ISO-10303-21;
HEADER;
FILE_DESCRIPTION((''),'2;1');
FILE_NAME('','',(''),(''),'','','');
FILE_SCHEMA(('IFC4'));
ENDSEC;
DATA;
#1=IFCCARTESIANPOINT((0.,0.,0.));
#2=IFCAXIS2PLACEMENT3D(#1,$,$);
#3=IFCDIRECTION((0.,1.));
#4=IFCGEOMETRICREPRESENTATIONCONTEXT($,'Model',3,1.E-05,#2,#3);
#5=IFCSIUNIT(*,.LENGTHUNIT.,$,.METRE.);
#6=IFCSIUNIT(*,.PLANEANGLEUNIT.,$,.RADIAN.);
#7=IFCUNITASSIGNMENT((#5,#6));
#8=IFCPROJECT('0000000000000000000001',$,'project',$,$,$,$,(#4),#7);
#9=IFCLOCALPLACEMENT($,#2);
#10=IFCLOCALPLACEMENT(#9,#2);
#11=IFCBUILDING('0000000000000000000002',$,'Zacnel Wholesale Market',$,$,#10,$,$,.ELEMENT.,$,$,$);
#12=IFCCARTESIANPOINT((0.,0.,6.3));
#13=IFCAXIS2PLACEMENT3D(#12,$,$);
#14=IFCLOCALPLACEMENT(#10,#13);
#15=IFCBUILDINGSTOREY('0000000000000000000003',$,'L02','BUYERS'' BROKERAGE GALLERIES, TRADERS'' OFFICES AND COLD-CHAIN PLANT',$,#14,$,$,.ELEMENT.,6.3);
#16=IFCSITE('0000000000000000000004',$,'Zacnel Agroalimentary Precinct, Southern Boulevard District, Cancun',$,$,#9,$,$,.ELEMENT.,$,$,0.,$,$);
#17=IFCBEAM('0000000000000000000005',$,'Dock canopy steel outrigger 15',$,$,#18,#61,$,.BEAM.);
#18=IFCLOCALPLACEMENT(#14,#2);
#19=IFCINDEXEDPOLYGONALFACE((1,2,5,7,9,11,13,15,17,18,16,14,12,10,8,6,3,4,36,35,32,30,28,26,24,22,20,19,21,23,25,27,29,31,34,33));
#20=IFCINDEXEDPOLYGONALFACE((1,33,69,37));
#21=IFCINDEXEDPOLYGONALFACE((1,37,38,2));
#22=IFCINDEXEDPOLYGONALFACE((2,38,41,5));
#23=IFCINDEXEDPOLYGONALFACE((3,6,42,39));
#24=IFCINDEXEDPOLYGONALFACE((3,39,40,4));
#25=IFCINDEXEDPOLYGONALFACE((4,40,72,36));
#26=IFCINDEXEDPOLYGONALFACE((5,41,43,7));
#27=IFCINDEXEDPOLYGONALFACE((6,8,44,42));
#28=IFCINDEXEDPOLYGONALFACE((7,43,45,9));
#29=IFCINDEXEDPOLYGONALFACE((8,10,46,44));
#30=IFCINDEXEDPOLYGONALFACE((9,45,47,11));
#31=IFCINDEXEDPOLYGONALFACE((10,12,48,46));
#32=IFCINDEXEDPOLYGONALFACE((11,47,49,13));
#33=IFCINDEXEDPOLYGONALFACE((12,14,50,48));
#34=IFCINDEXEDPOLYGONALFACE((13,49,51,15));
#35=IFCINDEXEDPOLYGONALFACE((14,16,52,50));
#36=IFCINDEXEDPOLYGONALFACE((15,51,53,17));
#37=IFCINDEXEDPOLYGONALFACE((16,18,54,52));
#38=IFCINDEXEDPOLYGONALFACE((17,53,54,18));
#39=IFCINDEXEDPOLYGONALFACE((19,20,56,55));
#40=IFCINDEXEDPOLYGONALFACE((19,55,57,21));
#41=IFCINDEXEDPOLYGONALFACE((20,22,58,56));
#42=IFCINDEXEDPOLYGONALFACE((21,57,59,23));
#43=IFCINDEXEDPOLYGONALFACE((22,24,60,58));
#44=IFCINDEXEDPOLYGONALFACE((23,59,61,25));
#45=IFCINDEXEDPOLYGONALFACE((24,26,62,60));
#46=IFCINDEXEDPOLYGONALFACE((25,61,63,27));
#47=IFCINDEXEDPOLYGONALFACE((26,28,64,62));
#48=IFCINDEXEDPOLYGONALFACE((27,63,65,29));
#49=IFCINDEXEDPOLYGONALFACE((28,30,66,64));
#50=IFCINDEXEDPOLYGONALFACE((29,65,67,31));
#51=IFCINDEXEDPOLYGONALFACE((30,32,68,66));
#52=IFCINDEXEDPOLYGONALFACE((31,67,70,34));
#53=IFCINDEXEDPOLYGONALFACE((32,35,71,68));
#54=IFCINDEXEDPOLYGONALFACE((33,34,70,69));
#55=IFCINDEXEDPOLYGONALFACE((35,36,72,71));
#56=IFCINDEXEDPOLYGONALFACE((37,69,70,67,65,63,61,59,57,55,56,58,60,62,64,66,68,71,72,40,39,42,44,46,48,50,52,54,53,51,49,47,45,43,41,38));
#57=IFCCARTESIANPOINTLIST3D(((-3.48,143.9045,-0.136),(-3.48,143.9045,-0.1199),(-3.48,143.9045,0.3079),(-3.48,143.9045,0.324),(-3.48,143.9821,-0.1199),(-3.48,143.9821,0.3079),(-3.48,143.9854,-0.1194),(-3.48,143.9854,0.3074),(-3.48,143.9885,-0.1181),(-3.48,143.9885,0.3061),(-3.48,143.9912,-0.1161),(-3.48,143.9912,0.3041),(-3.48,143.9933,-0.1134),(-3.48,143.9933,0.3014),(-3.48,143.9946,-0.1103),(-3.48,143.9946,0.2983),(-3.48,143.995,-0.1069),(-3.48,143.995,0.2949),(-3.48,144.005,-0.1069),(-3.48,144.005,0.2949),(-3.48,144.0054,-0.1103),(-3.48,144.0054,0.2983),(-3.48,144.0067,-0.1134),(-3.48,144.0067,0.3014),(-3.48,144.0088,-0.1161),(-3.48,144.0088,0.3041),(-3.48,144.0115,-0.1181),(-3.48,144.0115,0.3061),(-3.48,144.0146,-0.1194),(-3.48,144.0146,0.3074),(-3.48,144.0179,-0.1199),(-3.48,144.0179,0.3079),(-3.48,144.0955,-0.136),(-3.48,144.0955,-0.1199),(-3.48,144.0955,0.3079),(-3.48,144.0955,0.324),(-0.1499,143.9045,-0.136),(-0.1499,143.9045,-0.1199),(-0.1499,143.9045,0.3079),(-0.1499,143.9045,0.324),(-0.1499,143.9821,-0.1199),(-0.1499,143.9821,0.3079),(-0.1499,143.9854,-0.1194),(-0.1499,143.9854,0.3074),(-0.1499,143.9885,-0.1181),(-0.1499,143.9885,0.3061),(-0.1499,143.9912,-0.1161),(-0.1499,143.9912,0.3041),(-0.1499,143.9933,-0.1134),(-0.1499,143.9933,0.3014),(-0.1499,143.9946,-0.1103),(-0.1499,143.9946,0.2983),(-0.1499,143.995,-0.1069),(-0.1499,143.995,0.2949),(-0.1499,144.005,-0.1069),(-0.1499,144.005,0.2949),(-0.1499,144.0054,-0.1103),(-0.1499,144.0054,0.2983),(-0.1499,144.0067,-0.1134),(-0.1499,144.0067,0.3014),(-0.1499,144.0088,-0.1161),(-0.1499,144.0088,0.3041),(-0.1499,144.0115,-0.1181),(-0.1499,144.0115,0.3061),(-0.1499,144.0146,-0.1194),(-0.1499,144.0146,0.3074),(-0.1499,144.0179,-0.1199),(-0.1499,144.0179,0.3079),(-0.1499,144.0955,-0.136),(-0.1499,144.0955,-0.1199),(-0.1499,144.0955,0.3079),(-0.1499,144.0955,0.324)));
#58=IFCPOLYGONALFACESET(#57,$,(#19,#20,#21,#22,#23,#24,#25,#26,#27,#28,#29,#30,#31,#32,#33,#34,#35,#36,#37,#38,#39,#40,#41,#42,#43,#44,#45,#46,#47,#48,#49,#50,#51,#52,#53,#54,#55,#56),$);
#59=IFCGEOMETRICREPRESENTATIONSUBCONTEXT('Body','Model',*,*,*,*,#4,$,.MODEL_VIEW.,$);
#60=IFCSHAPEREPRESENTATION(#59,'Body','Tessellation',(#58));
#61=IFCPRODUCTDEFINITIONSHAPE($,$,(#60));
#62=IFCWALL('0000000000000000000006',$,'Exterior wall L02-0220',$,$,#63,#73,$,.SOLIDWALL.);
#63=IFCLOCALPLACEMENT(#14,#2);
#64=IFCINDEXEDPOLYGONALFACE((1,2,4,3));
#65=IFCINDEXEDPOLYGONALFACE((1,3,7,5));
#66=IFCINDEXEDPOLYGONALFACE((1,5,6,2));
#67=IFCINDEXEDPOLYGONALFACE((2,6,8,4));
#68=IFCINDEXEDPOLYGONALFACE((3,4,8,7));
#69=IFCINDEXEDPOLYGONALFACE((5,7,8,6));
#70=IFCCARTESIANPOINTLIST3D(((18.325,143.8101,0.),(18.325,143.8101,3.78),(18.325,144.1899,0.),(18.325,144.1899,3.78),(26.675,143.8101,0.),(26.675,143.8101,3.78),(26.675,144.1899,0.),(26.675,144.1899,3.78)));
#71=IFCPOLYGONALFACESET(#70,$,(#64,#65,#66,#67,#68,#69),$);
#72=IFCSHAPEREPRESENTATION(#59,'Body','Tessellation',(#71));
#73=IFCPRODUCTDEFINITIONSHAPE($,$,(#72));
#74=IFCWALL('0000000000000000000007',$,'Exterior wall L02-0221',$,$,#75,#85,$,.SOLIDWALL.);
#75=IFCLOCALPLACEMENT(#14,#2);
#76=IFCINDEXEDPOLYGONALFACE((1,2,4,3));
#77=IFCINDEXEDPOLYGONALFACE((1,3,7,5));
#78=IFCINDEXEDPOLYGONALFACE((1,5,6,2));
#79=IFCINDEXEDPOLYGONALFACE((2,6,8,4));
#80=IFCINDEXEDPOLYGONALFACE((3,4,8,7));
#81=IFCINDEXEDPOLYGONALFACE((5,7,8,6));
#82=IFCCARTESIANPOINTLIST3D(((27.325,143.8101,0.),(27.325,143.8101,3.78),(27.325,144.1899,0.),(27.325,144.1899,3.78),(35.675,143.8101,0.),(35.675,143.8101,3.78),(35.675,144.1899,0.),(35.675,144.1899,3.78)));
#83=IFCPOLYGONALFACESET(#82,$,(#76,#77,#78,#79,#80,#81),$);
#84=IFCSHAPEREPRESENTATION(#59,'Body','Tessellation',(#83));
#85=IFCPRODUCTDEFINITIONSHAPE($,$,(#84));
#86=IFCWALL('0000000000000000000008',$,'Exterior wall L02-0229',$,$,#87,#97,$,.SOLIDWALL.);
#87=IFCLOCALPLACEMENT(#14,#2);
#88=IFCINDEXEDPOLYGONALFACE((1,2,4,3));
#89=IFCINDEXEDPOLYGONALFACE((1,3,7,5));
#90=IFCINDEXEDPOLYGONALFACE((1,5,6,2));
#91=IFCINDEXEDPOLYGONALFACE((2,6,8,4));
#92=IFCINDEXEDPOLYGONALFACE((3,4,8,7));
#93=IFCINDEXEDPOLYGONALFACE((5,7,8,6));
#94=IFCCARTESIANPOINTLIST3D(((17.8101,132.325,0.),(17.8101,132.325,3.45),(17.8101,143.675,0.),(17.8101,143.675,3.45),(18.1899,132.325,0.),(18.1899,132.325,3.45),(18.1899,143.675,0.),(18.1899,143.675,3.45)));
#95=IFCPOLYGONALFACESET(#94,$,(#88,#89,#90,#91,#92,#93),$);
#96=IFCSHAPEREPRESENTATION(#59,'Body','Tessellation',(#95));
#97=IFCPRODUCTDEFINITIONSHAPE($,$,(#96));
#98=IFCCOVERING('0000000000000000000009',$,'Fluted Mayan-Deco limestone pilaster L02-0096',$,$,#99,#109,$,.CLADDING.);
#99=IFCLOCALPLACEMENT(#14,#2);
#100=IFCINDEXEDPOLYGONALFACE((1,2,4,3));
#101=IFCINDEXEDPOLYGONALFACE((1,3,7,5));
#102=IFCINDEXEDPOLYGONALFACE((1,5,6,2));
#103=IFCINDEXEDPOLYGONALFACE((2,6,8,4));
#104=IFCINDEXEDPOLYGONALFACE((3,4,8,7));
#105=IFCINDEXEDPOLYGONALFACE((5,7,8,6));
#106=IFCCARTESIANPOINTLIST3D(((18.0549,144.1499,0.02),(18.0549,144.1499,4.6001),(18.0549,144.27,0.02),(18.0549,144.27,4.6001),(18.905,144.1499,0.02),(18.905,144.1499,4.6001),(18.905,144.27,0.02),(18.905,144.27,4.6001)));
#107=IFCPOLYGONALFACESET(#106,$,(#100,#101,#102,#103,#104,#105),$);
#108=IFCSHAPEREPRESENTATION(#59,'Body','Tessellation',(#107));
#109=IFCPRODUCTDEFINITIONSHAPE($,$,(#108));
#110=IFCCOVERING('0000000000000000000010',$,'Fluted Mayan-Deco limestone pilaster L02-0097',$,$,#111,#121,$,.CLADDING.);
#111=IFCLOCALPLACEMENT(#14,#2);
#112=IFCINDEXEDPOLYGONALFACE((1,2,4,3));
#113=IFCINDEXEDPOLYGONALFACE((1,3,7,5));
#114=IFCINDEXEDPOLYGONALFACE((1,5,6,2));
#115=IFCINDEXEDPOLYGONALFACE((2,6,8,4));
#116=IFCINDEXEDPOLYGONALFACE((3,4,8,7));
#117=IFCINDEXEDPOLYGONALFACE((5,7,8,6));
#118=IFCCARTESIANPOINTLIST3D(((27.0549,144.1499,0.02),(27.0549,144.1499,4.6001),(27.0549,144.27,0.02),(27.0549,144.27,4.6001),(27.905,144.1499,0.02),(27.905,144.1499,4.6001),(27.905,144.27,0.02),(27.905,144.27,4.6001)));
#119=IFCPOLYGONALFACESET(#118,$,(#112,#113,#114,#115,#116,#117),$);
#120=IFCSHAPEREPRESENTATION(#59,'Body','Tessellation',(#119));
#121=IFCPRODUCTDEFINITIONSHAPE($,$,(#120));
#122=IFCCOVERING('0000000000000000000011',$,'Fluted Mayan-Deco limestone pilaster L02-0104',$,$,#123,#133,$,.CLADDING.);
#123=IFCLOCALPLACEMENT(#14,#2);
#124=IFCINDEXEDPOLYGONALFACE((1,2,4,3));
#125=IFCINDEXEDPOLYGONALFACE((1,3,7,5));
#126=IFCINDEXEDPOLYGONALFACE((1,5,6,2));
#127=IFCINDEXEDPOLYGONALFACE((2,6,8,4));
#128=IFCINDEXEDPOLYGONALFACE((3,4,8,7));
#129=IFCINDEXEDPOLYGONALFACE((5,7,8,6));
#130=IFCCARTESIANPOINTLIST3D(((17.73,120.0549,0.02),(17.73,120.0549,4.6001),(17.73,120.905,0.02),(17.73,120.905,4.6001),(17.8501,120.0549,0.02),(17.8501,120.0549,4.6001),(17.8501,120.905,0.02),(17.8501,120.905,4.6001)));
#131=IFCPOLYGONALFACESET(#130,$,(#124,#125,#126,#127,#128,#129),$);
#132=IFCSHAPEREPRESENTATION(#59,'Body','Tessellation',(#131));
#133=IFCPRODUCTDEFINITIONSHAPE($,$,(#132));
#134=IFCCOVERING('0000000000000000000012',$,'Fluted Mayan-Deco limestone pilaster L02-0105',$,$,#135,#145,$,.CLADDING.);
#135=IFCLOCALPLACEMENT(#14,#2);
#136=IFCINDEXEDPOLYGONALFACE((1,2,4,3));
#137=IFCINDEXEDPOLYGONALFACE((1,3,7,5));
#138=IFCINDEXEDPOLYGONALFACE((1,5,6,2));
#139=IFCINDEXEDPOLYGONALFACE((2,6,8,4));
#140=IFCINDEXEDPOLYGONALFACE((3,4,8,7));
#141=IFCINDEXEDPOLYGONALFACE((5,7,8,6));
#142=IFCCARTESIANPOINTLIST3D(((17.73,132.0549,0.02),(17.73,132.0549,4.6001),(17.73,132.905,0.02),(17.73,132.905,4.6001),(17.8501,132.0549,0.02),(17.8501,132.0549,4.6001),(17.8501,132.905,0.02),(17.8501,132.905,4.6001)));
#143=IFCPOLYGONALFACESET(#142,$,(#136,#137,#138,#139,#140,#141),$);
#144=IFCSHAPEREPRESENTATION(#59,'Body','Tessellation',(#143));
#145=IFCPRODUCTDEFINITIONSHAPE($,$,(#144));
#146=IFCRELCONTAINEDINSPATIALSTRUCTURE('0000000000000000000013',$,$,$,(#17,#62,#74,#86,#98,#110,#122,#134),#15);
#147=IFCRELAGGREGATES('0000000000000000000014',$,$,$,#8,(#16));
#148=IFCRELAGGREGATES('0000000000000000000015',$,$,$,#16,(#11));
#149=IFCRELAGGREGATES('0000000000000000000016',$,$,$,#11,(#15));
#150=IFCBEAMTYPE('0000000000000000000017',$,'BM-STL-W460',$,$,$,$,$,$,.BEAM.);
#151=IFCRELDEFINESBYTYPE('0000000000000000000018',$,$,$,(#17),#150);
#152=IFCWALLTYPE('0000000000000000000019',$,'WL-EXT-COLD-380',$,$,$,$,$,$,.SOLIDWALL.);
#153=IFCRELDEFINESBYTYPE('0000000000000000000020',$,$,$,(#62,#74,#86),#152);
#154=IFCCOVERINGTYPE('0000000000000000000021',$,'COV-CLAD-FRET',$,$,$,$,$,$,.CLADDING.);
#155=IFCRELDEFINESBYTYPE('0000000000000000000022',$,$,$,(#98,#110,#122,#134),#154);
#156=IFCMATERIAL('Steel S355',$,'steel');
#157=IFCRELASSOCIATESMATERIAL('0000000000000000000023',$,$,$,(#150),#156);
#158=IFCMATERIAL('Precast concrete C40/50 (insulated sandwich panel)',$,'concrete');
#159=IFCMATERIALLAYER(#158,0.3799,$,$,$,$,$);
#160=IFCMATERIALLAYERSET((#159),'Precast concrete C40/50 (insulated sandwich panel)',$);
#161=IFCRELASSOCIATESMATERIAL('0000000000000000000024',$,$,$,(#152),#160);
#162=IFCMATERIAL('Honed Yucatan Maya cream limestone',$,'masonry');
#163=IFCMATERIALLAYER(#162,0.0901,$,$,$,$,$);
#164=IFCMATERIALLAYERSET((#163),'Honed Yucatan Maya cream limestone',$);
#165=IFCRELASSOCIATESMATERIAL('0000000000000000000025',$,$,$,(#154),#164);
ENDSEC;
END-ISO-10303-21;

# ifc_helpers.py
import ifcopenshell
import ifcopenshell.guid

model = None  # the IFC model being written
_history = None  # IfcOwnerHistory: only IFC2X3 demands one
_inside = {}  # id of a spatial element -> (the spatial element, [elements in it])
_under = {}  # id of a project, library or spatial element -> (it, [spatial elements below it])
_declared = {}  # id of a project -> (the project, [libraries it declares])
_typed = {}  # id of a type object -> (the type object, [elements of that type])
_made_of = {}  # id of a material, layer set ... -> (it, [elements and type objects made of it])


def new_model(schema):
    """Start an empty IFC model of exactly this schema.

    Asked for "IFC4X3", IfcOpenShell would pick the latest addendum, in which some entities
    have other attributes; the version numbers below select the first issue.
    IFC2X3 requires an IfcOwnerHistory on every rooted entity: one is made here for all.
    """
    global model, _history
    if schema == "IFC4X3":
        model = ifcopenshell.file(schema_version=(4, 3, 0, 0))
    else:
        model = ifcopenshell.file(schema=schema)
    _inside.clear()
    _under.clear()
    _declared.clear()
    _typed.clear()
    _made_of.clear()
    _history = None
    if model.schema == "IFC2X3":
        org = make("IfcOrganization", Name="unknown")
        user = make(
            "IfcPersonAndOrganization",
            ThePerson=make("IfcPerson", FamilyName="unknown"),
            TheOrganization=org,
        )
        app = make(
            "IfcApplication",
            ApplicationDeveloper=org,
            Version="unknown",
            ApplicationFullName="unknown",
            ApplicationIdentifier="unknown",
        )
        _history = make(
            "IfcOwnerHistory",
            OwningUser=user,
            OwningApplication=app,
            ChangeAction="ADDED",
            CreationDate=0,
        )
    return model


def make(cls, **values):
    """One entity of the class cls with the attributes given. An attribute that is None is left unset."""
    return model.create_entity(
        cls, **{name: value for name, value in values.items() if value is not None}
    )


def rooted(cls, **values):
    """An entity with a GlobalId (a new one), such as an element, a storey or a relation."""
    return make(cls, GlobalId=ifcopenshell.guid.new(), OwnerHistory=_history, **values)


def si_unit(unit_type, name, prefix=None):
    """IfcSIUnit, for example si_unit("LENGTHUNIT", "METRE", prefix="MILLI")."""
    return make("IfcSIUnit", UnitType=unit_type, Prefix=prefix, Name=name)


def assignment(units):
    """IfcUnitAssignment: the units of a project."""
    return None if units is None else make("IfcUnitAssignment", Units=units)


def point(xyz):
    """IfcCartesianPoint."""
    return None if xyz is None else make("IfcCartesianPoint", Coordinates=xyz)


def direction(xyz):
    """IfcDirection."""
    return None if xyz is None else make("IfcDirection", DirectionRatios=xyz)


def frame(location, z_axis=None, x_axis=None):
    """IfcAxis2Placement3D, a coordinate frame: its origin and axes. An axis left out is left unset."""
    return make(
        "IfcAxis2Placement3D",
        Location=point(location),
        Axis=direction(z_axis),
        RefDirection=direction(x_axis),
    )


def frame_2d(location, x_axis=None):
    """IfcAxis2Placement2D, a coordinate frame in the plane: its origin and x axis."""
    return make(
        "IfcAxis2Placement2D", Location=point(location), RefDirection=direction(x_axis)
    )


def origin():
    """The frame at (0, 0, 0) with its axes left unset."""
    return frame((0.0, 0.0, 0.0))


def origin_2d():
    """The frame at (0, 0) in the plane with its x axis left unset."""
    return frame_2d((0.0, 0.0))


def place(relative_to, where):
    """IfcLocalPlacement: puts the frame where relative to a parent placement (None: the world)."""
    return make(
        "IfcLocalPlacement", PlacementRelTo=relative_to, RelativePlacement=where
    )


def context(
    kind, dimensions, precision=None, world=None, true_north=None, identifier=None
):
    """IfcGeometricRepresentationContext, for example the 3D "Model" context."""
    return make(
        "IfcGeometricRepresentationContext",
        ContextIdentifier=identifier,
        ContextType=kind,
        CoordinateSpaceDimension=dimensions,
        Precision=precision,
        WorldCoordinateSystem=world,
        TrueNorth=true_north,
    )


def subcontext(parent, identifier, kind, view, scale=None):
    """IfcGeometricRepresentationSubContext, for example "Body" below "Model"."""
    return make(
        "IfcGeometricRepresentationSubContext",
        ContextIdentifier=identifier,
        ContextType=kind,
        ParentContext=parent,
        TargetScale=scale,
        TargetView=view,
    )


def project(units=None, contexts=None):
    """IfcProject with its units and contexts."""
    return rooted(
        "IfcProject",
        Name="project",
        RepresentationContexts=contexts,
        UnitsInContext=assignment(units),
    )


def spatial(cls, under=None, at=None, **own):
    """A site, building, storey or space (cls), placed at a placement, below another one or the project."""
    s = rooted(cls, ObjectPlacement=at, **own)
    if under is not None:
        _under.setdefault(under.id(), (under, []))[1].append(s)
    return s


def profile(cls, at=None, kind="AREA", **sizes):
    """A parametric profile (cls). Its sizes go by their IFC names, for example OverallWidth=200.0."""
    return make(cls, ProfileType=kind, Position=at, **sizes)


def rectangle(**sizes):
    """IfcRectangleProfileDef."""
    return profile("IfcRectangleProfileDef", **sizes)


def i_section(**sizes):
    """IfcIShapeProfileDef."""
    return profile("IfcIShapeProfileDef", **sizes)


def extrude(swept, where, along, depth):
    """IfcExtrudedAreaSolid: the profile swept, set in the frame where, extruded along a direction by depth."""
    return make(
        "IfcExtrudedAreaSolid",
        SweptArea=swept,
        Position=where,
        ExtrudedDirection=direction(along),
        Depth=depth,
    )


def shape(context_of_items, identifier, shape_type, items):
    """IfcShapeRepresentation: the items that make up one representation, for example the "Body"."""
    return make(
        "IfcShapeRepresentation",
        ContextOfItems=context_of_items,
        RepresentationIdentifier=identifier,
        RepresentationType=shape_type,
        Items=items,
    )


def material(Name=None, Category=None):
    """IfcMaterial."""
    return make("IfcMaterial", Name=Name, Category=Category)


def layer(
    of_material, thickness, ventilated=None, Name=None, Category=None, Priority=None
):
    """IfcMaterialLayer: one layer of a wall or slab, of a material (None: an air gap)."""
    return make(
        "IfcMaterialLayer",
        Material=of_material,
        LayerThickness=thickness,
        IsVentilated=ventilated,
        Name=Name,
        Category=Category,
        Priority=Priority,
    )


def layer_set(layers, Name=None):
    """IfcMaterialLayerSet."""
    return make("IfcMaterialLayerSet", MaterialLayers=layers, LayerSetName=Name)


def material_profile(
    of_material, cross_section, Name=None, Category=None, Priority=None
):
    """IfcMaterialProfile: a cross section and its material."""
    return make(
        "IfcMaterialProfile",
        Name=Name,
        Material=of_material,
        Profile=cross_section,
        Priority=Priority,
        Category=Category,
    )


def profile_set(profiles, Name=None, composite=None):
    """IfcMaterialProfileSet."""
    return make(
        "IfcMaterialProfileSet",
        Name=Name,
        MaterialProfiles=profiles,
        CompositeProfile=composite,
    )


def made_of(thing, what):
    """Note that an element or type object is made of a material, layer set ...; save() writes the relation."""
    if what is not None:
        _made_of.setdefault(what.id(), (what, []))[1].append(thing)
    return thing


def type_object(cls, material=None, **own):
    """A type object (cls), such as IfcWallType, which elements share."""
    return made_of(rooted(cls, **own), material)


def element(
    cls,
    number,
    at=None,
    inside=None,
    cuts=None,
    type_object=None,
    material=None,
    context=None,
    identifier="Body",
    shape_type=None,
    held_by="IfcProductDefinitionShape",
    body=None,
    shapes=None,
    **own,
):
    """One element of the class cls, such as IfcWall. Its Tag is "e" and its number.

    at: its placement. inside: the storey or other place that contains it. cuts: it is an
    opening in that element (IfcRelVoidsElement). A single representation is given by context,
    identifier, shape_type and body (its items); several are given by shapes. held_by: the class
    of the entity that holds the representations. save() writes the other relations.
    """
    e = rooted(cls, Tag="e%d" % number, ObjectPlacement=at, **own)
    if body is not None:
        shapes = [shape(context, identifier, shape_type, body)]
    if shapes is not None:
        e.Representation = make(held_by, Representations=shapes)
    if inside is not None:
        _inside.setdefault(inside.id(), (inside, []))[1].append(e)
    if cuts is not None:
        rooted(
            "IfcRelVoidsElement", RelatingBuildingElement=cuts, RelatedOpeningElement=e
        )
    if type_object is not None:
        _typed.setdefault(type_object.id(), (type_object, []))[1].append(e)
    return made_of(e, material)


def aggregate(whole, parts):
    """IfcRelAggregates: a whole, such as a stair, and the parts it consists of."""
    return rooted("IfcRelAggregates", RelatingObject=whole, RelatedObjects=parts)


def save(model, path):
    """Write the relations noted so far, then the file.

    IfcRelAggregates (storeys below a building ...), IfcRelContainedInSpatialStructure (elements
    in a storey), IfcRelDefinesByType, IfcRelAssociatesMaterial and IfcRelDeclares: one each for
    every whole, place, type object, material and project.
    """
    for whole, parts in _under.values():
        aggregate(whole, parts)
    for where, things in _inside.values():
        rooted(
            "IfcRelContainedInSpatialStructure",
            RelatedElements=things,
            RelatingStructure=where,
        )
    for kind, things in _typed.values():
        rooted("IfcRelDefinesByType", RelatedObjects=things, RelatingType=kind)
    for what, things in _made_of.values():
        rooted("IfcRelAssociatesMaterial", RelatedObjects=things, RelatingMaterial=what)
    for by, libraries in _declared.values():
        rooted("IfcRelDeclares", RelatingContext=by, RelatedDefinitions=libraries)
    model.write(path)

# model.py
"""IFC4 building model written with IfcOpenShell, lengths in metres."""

from ifc_helpers import new_model, si_unit, direction, frame, frame_2d, origin, origin_2d, place, context, subcontext, project, spatial, rectangle, i_section, extrude, material, layer, layer_set, material_profile, profile_set, type_object, element, save


model = new_model("IFC4")

# Units and contexts
model_context = context("Model", 3, precision=1e-05, world=origin(), true_north=direction((0.0, 1.0)))
body_context = subcontext(model_context, "Body", "Model", "MODEL_VIEW")
ifc_project = project(units=[si_unit("LENGTHUNIT", "METRE"), si_unit("PLANEANGLEUNIT", "RADIAN")], contexts=[model_context])

# Site, building, storey
site_placement = place(None, origin())
site = spatial("IfcSite", under=ifc_project, at=site_placement, Name="Zacnel Agroalimentary Precinct, Southern Boulevard District, Cancun", CompositionType="ELEMENT", RefElevation=0.0)
building_placement = place(site_placement, origin())
building = spatial("IfcBuilding", under=site, at=building_placement, Name="Zacnel Wholesale Market", CompositionType="ELEMENT")
storey_placement = place(building_placement, frame((0.0, 0.0, 6.3)))
storey = spatial("IfcBuildingStorey", under=building, at=storey_placement, Name="L02", Description="BUYERS' BROKERAGE GALLERIES, TRADERS' OFFICES AND COLD-CHAIN PLANT", CompositionType="ELEMENT", Elevation=6.3)

# Beam
ifc_material_1 = material(Name="Steel S355", Category="steel")
ifc_material_profile_1 = material_profile(ifc_material_1, i_section(OverallWidth=0.1909, OverallDepth=0.46, WebThickness=0.01, FlangeThickness=0.0161, FilletRadius=0.0129, at=origin_2d()), Name="W460X82")
ifc_profile_set_1 = profile_set([ifc_material_profile_1], Name="Steel S355")
beam_type_1 = type_object("IfcBeamType", Name="BM-STL-W460", PredefinedType="BEAM", material=ifc_profile_set_1)
beam_1_placement = place(storey_placement, frame((-0.1499, 144.0, 0.094), z_axis=(-1.0, 0.0, 0.0), x_axis=(0.0, -1.0, 0.0)))
element("IfcBeam", 1, at=beam_1_placement, inside=storey, type_object=beam_type_1, Name="Dock canopy steel outrigger 15", PredefinedType="BEAM", context=body_context, shape_type="SweptSolid", body=[
    extrude(i_section(OverallWidth=0.1909, OverallDepth=0.46, WebThickness=0.01, FlangeThickness=0.0161, FilletRadius=0.0129, at=origin_2d()), origin(), (0.0, 0.0, 1.0), 3.3301),
])

# Walls
ifc_material_2 = material(Name="Precast concrete C40/50 (insulated sandwich panel)", Category="concrete")
ifc_layer_1 = layer(ifc_material_2, 0.3799)
ifc_layer_set_1 = layer_set([ifc_layer_1], Name="Precast concrete C40/50 (insulated sandwich panel)")
wall_type = type_object("IfcWallType", Name="WL-EXT-COLD-380", PredefinedType="SOLIDWALL", material=ifc_layer_set_1)
for number, where, z_axis, x_axis, name in (
    (2, (18.325, 144.0, 0.0), (0.0, 0.0, 1.0), (1.0, 0.0, 0.0), "Exterior wall L02-0220"),
    (3, (27.325, 144.0, 0.0), (0.0, 0.0, 1.0), (1.0, 0.0, 0.0), "Exterior wall L02-0221"),
):
    element("IfcWall", number, at=place(storey_placement, frame(where, z_axis=z_axis, x_axis=x_axis)), inside=storey, type_object=wall_type, Name=name, PredefinedType="SOLIDWALL", context=body_context, shape_type="SweptSolid", body=[
        extrude(rectangle(XDim=8.3501, YDim=0.3799, at=frame_2d((4.175, 0.0))), origin(), (0.0, 0.0, 1.0), 3.78),
    ])
wall_placement = place(storey_placement, frame((18.0, 132.325, 0.0), z_axis=(0.0, 0.0, 1.0), x_axis=(0.0, 1.0, 0.0)))
element("IfcWall", 4, at=wall_placement, inside=storey, type_object=wall_type, Name="Exterior wall L02-0229", PredefinedType="SOLIDWALL", context=body_context, shape_type="SweptSolid", body=[
    extrude(rectangle(XDim=11.3501, YDim=0.3799, at=frame_2d((5.675, 0.0))), origin(), (0.0, 0.0, 1.0), 3.45),
])

# Coverings
ifc_material_3 = material(Name="Honed Yucatan Maya cream limestone", Category="masonry")
ifc_layer_2 = layer(ifc_material_3, 0.0901)
ifc_layer_set_2 = layer_set([ifc_layer_2], Name="Honed Yucatan Maya cream limestone")
covering_type = type_object("IfcCoveringType", Name="COV-CLAD-FRET", PredefinedType="CLADDING", material=ifc_layer_set_2)
for number, where, z_axis, x_axis, name in (
    (5, (18.48, 144.21, 0.02), (0.0, 0.0, 1.0), (1.0, 0.0, 0.0), "Fluted Mayan-Deco limestone pilaster L02-0096"),
    (6, (27.48, 144.21, 0.02), (0.0, 0.0, 1.0), (1.0, 0.0, 0.0), "Fluted Mayan-Deco limestone pilaster L02-0097"),
    (7, (17.79, 120.48, 0.02), (0.0, 0.0, 1.0), (0.0, 1.0, 0.0), "Fluted Mayan-Deco limestone pilaster L02-0104"),
    (8, (17.79, 132.48, 0.02), (0.0, 0.0, 1.0), (0.0, 1.0, 0.0), "Fluted Mayan-Deco limestone pilaster L02-0105"),
):
    element("IfcCovering", number, at=place(storey_placement, frame(where, z_axis=z_axis, x_axis=x_axis)), inside=storey, type_object=covering_type, Name=name, PredefinedType="CLADDING", context=body_context, shape_type="SweptSolid", body=[
        extrude(rectangle(XDim=0.8501, YDim=0.1201, at=origin_2d()), origin(), (0.0, 0.0, 1.0), 4.5801),
    ])

save(model, "model.ifc")
